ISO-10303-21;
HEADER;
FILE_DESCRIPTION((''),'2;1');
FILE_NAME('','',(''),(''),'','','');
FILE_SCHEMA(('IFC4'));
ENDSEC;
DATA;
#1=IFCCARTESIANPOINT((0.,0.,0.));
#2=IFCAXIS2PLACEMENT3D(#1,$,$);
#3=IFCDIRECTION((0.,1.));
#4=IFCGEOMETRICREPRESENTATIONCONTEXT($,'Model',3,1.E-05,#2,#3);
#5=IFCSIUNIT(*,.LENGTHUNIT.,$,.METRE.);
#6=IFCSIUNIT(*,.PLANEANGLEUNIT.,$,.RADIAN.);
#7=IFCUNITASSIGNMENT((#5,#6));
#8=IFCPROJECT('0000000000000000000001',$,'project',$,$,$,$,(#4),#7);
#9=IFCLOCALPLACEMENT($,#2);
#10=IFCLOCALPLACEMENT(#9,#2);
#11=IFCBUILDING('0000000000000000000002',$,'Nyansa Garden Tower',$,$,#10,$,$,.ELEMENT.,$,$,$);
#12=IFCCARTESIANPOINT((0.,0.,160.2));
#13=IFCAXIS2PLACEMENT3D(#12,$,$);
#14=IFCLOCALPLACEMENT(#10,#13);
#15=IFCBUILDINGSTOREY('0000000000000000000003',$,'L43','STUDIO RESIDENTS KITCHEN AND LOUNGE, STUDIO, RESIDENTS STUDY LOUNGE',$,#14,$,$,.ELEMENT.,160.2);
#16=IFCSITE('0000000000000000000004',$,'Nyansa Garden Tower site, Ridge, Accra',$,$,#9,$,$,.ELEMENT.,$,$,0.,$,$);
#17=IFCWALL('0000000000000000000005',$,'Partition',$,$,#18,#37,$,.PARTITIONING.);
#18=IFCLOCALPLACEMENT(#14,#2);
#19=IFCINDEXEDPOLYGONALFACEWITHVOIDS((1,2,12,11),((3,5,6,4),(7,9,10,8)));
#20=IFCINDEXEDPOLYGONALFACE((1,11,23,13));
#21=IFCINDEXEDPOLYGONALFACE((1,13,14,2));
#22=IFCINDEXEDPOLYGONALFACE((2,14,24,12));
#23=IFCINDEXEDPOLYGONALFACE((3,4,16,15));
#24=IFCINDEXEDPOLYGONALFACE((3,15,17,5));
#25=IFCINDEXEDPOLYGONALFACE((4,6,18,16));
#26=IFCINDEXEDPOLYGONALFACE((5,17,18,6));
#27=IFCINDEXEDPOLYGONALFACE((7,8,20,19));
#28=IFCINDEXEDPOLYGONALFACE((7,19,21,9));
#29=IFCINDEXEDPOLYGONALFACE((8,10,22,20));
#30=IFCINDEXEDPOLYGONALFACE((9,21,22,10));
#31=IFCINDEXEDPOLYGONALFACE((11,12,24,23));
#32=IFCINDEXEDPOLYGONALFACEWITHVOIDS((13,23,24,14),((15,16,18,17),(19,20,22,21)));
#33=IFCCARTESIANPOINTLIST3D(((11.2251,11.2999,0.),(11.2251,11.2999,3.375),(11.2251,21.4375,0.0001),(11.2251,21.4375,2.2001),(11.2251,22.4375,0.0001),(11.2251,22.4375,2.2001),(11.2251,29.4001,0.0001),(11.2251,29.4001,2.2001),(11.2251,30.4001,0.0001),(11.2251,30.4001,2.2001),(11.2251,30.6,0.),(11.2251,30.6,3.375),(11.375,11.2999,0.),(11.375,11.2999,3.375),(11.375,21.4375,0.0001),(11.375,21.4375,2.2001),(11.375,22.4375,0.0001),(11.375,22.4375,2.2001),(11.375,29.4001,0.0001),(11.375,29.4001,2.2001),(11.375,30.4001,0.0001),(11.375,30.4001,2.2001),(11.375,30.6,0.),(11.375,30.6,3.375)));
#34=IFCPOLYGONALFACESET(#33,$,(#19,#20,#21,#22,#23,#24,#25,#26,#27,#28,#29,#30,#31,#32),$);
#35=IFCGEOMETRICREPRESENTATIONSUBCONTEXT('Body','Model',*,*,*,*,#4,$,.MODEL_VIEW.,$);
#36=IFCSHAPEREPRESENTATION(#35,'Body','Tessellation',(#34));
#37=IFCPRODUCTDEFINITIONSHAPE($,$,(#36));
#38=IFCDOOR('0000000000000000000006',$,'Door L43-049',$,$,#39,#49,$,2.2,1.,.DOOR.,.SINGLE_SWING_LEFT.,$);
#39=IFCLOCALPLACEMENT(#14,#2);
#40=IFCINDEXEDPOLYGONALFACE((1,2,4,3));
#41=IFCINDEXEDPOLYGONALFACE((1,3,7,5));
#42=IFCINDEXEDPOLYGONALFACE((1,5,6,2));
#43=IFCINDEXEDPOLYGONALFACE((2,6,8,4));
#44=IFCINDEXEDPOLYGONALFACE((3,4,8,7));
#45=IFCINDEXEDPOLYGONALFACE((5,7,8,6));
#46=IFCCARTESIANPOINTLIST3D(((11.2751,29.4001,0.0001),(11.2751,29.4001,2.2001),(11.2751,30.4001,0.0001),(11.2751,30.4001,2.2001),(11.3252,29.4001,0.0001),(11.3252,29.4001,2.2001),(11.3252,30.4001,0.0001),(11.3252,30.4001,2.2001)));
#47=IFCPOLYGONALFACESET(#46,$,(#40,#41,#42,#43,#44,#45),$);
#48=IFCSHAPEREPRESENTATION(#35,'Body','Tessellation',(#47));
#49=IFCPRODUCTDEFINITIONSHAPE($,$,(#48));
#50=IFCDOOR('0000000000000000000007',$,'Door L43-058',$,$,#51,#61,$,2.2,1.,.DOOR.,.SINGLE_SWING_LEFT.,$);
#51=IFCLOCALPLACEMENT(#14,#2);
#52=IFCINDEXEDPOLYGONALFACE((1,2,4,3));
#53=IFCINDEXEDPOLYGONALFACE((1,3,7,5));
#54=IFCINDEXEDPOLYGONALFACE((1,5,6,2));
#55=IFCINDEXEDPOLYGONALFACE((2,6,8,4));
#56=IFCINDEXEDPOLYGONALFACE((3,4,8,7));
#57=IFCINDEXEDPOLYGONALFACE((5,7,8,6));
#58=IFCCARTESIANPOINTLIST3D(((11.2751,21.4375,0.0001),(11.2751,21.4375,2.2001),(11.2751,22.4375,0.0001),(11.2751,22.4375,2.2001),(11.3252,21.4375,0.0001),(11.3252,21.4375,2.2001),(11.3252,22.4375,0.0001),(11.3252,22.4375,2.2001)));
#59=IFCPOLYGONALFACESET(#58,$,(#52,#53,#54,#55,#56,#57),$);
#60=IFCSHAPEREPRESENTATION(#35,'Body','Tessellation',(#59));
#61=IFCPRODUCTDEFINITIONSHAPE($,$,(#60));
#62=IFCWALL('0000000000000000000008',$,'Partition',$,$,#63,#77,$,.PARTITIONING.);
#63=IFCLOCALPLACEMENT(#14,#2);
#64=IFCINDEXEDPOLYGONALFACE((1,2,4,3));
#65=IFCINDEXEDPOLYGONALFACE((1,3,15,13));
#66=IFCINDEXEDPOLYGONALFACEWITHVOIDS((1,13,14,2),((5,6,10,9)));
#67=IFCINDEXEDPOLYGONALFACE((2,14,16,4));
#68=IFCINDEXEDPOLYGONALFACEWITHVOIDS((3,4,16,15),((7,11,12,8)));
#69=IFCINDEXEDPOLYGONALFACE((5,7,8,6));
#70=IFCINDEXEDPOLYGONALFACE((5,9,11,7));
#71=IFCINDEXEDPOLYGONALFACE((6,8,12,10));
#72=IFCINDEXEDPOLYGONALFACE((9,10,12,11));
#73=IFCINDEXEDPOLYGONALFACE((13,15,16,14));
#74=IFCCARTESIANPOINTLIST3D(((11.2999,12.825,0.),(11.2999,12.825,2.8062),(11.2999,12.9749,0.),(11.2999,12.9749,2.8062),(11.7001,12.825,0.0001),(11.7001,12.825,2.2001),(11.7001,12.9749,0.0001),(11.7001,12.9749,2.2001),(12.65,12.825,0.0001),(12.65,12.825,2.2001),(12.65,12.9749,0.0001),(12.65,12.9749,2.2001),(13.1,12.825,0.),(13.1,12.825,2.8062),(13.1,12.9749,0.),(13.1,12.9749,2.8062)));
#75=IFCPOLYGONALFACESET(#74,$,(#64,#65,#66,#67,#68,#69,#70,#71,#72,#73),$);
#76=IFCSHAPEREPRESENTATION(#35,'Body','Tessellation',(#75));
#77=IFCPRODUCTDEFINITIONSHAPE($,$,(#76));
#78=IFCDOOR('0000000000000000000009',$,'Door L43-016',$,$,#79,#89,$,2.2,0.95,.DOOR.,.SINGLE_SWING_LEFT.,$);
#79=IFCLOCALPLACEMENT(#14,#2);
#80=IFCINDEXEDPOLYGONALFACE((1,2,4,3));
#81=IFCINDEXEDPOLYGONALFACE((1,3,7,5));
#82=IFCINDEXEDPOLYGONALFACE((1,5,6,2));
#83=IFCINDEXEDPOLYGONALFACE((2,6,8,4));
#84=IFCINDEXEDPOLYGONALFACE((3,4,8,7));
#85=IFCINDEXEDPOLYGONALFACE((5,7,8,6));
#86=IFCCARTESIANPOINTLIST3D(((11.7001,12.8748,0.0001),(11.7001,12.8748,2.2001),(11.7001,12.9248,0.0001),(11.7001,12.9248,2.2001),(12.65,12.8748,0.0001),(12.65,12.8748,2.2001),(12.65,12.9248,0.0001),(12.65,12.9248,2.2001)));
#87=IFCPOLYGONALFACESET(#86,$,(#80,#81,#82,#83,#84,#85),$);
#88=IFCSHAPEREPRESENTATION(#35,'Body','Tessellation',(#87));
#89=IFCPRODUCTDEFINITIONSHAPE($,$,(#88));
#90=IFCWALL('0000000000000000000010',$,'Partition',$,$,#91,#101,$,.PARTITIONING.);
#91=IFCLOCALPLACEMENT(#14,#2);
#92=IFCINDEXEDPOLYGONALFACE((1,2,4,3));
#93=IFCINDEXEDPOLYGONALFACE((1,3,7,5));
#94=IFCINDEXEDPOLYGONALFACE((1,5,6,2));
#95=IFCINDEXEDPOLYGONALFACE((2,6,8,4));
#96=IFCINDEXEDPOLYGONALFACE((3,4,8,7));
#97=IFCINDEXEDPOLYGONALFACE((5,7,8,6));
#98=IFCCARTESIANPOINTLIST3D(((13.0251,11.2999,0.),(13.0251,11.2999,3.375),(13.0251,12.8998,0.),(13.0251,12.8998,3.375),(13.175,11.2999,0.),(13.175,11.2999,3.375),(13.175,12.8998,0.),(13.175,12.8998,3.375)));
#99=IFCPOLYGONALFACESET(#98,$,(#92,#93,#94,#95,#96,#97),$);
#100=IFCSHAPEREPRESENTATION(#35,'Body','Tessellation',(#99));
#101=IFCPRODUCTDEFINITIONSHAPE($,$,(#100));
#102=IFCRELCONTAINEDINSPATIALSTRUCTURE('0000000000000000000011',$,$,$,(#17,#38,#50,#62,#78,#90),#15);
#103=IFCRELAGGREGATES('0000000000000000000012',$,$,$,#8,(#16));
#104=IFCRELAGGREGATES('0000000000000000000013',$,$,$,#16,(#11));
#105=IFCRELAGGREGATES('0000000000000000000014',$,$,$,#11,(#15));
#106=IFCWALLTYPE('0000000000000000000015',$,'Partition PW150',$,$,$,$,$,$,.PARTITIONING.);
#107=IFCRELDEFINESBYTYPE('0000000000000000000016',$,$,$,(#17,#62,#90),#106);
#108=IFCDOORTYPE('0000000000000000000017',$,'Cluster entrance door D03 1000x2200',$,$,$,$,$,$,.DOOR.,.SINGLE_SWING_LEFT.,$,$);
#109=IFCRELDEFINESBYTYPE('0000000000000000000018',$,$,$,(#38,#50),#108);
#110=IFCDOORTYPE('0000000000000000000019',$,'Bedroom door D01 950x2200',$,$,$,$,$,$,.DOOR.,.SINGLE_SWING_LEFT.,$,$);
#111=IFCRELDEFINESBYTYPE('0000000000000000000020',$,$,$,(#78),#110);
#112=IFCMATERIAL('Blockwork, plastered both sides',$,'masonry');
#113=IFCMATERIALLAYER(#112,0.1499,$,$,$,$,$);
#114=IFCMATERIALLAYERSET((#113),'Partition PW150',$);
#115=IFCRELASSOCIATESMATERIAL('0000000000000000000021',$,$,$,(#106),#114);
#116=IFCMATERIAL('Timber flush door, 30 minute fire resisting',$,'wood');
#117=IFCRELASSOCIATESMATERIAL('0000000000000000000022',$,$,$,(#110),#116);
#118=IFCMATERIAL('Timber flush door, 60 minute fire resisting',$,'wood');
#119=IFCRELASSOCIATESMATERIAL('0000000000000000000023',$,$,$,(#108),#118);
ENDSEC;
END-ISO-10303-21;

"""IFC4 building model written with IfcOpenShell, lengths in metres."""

from ifc_helpers import new_model, si_unit, direction, frame, frame_2d, origin, place, context, subcontext, project, spatial, rectangle, extrude, material, layer, layer_set, type_object, element, fill, save


model = new_model("IFC4")

# Units and contexts
model_context = context("Model", 3, precision=1e-05, world=origin(), true_north=direction((0.0, 1.0)))
body_context = subcontext(model_context, "Body", "Model", "MODEL_VIEW")
ifc_project = project(units=[si_unit("LENGTHUNIT", "METRE"), si_unit("PLANEANGLEUNIT", "RADIAN")], contexts=[model_context])

# Site, building, storey
site_placement = place(None, origin())
site = spatial("IfcSite", under=ifc_project, at=site_placement, Name="Nyansa Garden Tower site, Ridge, Accra", CompositionType="ELEMENT", RefElevation=0.0)
building_placement = place(site_placement, origin())
building = spatial("IfcBuilding", under=site, at=building_placement, Name="Nyansa Garden Tower", CompositionType="ELEMENT")
storey_placement = place(building_placement, frame((0.0, 0.0, 160.2)))
storey = spatial("IfcBuildingStorey", under=building, at=storey_placement, Name="L43", Description="STUDIO RESIDENTS KITCHEN AND LOUNGE, STUDIO, RESIDENTS STUDY LOUNGE", CompositionType="ELEMENT", Elevation=160.2)

# Shared definitions
ifc_material_1 = material(Name="Blockwork, plastered both sides", Category="masonry")
ifc_layer_1 = layer(ifc_material_1, 0.1499)
ifc_layer_set_1 = layer_set([ifc_layer_1], Name="Partition PW150")
wall_type_1 = type_object("IfcWallType", Name="Partition PW150", PredefinedType="PARTITIONING", material=ifc_layer_set_1)

# Wall, openings, doors
ifc_material_2 = material(Name="Timber flush door, 30 minute fire resisting", Category="wood")
door_type_1 = type_object("IfcDoorType", Name="Bedroom door D01 950x2200", OperationType="SINGLE_SWING_LEFT", PredefinedType="DOOR", material=ifc_material_2)
ifc_material_3 = material(Name="Timber flush door, 60 minute fire resisting", Category="wood")
door_type_2 = type_object("IfcDoorType", Name="Cluster entrance door D03 1000x2200", OperationType="SINGLE_SWING_LEFT", PredefinedType="DOOR", material=ifc_material_3)
wall_1_placement = place(storey_placement, frame((11.3, 11.3, 0.0), z_axis=(0.0, 0.0, 1.0), x_axis=(0.0, 1.0, 0.0)))
wall_1 = element("IfcWall", 1, at=wall_1_placement, inside=storey, type_object=wall_type_1, Name="Partition", PredefinedType="PARTITIONING", context=body_context, shape_type="SweptSolid", body=[
    extrude(rectangle(XDim=19.3, YDim=0.1499, at=frame_2d((9.6499, 0.0))), origin(), (0.0, 0.0, 1.0), 3.375),
])
opening_1_placement = place(wall_1_placement, frame((18.1001, 0.0, 0.0)))
opening_1 = element("IfcOpeningElement", 2, at=opening_1_placement, cuts=wall_1, PredefinedType="OPENING", context=body_context, shape_type="SweptSolid", body=[
    extrude(rectangle(XDim=1.0, YDim=2.2, at=frame_2d((0.5, 1.1001))), frame((0.0, 0.085, 0.0), z_axis=(0.0, -1.0, 0.0), x_axis=(1.0, 0.0, 0.0)), (0.0, 0.0, 1.0), 0.1699),
])
opening_2_placement = place(wall_1_placement, frame((10.1375, 0.0, 0.0)))
opening_2 = element("IfcOpeningElement", 3, at=opening_2_placement, cuts=wall_1, PredefinedType="OPENING", context=body_context, shape_type="SweptSolid", body=[
    extrude(rectangle(XDim=1.0, YDim=2.2, at=frame_2d((0.5, 1.1001))), frame((0.0, 0.085, 0.0), z_axis=(0.0, -1.0, 0.0), x_axis=(1.0, 0.0, 0.0)), (0.0, 0.0, 1.0), 0.1699),
])
door_1_placement = place(opening_1_placement, origin())
door_1 = element("IfcDoor", 4, at=door_1_placement, inside=storey, type_object=door_type_2, Name="Door L43-049", OperationType="SINGLE_SWING_LEFT", OverallHeight=2.2, OverallWidth=1.0, PredefinedType="DOOR", context=body_context, shape_type="SweptSolid", body=[
    extrude(rectangle(XDim=1.0, YDim=2.2, at=frame_2d((0.5, 1.1001))), frame((0.0, 0.0249, 0.0), z_axis=(0.0, -1.0, 0.0), x_axis=(1.0, 0.0, 0.0)), (0.0, 0.0, 1.0), 0.05),
])
fill(opening_1, door_1)
door_2_placement = place(opening_2_placement, origin())
door_2 = element("IfcDoor", 5, at=door_2_placement, inside=storey, type_object=door_type_2, Name="Door L43-058", OperationType="SINGLE_SWING_LEFT", OverallHeight=2.2, OverallWidth=1.0, PredefinedType="DOOR", context=body_context, shape_type="SweptSolid", body=[
    extrude(rectangle(XDim=1.0, YDim=2.2, at=frame_2d((0.5, 1.1001))), frame((0.0, 0.0249, 0.0), z_axis=(0.0, -1.0, 0.0), x_axis=(1.0, 0.0, 0.0)), (0.0, 0.0, 1.0), 0.05),
])
fill(opening_2, door_2)

# Wall, opening, door
wall_2_placement = place(storey_placement, frame((11.3, 12.8999, 0.0), z_axis=(0.0, 0.0, 1.0), x_axis=(1.0, 0.0, 0.0)))
wall_2 = element("IfcWall", 6, at=wall_2_placement, inside=storey, type_object=wall_type_1, Name="Partition", PredefinedType="PARTITIONING", context=body_context, shape_type="SweptSolid", body=[
    extrude(rectangle(XDim=1.8, YDim=0.1499, at=frame_2d((0.8999, 0.0))), origin(), (0.0, 0.0, 1.0), 2.8062),
])
opening_3_placement = place(wall_2_placement, frame((0.3999, 0.0, 0.0)))
opening_3 = element("IfcOpeningElement", 7, at=opening_3_placement, cuts=wall_2, PredefinedType="OPENING", context=body_context, shape_type="SweptSolid", body=[
    extrude(rectangle(XDim=0.95, YDim=2.2, at=frame_2d((0.4751, 1.1001))), frame((0.0, 0.085, 0.0), z_axis=(0.0, -1.0, 0.0), x_axis=(1.0, 0.0, 0.0)), (0.0, 0.0, 1.0), 0.1699),
])
door_3_placement = place(opening_3_placement, origin())
door_3 = element("IfcDoor", 8, at=door_3_placement, inside=storey, type_object=door_type_1, Name="Door L43-016", OperationType="SINGLE_SWING_LEFT", OverallHeight=2.2, OverallWidth=0.95, PredefinedType="DOOR", context=body_context, shape_type="SweptSolid", body=[
    extrude(rectangle(XDim=0.95, YDim=2.2, at=frame_2d((0.4751, 1.1001))), frame((0.0, 0.0249, 0.0), z_axis=(0.0, -1.0, 0.0), x_axis=(1.0, 0.0, 0.0)), (0.0, 0.0, 1.0), 0.05),
])
fill(opening_3, door_3)

# Wall
wall_3_placement = place(storey_placement, frame((13.1001, 11.3, 0.0), z_axis=(0.0, 0.0, 1.0), x_axis=(0.0, 1.0, 0.0)))
element("IfcWall", 9, at=wall_3_placement, inside=storey, type_object=wall_type_1, Name="Partition", PredefinedType="PARTITIONING", context=body_context, shape_type="SweptSolid", body=[
    extrude(rectangle(XDim=1.5999, YDim=0.1499, at=frame_2d((0.7998, 0.0))), origin(), (0.0, 0.0, 1.0), 3.375),
])

save(model, "model.ifc")
